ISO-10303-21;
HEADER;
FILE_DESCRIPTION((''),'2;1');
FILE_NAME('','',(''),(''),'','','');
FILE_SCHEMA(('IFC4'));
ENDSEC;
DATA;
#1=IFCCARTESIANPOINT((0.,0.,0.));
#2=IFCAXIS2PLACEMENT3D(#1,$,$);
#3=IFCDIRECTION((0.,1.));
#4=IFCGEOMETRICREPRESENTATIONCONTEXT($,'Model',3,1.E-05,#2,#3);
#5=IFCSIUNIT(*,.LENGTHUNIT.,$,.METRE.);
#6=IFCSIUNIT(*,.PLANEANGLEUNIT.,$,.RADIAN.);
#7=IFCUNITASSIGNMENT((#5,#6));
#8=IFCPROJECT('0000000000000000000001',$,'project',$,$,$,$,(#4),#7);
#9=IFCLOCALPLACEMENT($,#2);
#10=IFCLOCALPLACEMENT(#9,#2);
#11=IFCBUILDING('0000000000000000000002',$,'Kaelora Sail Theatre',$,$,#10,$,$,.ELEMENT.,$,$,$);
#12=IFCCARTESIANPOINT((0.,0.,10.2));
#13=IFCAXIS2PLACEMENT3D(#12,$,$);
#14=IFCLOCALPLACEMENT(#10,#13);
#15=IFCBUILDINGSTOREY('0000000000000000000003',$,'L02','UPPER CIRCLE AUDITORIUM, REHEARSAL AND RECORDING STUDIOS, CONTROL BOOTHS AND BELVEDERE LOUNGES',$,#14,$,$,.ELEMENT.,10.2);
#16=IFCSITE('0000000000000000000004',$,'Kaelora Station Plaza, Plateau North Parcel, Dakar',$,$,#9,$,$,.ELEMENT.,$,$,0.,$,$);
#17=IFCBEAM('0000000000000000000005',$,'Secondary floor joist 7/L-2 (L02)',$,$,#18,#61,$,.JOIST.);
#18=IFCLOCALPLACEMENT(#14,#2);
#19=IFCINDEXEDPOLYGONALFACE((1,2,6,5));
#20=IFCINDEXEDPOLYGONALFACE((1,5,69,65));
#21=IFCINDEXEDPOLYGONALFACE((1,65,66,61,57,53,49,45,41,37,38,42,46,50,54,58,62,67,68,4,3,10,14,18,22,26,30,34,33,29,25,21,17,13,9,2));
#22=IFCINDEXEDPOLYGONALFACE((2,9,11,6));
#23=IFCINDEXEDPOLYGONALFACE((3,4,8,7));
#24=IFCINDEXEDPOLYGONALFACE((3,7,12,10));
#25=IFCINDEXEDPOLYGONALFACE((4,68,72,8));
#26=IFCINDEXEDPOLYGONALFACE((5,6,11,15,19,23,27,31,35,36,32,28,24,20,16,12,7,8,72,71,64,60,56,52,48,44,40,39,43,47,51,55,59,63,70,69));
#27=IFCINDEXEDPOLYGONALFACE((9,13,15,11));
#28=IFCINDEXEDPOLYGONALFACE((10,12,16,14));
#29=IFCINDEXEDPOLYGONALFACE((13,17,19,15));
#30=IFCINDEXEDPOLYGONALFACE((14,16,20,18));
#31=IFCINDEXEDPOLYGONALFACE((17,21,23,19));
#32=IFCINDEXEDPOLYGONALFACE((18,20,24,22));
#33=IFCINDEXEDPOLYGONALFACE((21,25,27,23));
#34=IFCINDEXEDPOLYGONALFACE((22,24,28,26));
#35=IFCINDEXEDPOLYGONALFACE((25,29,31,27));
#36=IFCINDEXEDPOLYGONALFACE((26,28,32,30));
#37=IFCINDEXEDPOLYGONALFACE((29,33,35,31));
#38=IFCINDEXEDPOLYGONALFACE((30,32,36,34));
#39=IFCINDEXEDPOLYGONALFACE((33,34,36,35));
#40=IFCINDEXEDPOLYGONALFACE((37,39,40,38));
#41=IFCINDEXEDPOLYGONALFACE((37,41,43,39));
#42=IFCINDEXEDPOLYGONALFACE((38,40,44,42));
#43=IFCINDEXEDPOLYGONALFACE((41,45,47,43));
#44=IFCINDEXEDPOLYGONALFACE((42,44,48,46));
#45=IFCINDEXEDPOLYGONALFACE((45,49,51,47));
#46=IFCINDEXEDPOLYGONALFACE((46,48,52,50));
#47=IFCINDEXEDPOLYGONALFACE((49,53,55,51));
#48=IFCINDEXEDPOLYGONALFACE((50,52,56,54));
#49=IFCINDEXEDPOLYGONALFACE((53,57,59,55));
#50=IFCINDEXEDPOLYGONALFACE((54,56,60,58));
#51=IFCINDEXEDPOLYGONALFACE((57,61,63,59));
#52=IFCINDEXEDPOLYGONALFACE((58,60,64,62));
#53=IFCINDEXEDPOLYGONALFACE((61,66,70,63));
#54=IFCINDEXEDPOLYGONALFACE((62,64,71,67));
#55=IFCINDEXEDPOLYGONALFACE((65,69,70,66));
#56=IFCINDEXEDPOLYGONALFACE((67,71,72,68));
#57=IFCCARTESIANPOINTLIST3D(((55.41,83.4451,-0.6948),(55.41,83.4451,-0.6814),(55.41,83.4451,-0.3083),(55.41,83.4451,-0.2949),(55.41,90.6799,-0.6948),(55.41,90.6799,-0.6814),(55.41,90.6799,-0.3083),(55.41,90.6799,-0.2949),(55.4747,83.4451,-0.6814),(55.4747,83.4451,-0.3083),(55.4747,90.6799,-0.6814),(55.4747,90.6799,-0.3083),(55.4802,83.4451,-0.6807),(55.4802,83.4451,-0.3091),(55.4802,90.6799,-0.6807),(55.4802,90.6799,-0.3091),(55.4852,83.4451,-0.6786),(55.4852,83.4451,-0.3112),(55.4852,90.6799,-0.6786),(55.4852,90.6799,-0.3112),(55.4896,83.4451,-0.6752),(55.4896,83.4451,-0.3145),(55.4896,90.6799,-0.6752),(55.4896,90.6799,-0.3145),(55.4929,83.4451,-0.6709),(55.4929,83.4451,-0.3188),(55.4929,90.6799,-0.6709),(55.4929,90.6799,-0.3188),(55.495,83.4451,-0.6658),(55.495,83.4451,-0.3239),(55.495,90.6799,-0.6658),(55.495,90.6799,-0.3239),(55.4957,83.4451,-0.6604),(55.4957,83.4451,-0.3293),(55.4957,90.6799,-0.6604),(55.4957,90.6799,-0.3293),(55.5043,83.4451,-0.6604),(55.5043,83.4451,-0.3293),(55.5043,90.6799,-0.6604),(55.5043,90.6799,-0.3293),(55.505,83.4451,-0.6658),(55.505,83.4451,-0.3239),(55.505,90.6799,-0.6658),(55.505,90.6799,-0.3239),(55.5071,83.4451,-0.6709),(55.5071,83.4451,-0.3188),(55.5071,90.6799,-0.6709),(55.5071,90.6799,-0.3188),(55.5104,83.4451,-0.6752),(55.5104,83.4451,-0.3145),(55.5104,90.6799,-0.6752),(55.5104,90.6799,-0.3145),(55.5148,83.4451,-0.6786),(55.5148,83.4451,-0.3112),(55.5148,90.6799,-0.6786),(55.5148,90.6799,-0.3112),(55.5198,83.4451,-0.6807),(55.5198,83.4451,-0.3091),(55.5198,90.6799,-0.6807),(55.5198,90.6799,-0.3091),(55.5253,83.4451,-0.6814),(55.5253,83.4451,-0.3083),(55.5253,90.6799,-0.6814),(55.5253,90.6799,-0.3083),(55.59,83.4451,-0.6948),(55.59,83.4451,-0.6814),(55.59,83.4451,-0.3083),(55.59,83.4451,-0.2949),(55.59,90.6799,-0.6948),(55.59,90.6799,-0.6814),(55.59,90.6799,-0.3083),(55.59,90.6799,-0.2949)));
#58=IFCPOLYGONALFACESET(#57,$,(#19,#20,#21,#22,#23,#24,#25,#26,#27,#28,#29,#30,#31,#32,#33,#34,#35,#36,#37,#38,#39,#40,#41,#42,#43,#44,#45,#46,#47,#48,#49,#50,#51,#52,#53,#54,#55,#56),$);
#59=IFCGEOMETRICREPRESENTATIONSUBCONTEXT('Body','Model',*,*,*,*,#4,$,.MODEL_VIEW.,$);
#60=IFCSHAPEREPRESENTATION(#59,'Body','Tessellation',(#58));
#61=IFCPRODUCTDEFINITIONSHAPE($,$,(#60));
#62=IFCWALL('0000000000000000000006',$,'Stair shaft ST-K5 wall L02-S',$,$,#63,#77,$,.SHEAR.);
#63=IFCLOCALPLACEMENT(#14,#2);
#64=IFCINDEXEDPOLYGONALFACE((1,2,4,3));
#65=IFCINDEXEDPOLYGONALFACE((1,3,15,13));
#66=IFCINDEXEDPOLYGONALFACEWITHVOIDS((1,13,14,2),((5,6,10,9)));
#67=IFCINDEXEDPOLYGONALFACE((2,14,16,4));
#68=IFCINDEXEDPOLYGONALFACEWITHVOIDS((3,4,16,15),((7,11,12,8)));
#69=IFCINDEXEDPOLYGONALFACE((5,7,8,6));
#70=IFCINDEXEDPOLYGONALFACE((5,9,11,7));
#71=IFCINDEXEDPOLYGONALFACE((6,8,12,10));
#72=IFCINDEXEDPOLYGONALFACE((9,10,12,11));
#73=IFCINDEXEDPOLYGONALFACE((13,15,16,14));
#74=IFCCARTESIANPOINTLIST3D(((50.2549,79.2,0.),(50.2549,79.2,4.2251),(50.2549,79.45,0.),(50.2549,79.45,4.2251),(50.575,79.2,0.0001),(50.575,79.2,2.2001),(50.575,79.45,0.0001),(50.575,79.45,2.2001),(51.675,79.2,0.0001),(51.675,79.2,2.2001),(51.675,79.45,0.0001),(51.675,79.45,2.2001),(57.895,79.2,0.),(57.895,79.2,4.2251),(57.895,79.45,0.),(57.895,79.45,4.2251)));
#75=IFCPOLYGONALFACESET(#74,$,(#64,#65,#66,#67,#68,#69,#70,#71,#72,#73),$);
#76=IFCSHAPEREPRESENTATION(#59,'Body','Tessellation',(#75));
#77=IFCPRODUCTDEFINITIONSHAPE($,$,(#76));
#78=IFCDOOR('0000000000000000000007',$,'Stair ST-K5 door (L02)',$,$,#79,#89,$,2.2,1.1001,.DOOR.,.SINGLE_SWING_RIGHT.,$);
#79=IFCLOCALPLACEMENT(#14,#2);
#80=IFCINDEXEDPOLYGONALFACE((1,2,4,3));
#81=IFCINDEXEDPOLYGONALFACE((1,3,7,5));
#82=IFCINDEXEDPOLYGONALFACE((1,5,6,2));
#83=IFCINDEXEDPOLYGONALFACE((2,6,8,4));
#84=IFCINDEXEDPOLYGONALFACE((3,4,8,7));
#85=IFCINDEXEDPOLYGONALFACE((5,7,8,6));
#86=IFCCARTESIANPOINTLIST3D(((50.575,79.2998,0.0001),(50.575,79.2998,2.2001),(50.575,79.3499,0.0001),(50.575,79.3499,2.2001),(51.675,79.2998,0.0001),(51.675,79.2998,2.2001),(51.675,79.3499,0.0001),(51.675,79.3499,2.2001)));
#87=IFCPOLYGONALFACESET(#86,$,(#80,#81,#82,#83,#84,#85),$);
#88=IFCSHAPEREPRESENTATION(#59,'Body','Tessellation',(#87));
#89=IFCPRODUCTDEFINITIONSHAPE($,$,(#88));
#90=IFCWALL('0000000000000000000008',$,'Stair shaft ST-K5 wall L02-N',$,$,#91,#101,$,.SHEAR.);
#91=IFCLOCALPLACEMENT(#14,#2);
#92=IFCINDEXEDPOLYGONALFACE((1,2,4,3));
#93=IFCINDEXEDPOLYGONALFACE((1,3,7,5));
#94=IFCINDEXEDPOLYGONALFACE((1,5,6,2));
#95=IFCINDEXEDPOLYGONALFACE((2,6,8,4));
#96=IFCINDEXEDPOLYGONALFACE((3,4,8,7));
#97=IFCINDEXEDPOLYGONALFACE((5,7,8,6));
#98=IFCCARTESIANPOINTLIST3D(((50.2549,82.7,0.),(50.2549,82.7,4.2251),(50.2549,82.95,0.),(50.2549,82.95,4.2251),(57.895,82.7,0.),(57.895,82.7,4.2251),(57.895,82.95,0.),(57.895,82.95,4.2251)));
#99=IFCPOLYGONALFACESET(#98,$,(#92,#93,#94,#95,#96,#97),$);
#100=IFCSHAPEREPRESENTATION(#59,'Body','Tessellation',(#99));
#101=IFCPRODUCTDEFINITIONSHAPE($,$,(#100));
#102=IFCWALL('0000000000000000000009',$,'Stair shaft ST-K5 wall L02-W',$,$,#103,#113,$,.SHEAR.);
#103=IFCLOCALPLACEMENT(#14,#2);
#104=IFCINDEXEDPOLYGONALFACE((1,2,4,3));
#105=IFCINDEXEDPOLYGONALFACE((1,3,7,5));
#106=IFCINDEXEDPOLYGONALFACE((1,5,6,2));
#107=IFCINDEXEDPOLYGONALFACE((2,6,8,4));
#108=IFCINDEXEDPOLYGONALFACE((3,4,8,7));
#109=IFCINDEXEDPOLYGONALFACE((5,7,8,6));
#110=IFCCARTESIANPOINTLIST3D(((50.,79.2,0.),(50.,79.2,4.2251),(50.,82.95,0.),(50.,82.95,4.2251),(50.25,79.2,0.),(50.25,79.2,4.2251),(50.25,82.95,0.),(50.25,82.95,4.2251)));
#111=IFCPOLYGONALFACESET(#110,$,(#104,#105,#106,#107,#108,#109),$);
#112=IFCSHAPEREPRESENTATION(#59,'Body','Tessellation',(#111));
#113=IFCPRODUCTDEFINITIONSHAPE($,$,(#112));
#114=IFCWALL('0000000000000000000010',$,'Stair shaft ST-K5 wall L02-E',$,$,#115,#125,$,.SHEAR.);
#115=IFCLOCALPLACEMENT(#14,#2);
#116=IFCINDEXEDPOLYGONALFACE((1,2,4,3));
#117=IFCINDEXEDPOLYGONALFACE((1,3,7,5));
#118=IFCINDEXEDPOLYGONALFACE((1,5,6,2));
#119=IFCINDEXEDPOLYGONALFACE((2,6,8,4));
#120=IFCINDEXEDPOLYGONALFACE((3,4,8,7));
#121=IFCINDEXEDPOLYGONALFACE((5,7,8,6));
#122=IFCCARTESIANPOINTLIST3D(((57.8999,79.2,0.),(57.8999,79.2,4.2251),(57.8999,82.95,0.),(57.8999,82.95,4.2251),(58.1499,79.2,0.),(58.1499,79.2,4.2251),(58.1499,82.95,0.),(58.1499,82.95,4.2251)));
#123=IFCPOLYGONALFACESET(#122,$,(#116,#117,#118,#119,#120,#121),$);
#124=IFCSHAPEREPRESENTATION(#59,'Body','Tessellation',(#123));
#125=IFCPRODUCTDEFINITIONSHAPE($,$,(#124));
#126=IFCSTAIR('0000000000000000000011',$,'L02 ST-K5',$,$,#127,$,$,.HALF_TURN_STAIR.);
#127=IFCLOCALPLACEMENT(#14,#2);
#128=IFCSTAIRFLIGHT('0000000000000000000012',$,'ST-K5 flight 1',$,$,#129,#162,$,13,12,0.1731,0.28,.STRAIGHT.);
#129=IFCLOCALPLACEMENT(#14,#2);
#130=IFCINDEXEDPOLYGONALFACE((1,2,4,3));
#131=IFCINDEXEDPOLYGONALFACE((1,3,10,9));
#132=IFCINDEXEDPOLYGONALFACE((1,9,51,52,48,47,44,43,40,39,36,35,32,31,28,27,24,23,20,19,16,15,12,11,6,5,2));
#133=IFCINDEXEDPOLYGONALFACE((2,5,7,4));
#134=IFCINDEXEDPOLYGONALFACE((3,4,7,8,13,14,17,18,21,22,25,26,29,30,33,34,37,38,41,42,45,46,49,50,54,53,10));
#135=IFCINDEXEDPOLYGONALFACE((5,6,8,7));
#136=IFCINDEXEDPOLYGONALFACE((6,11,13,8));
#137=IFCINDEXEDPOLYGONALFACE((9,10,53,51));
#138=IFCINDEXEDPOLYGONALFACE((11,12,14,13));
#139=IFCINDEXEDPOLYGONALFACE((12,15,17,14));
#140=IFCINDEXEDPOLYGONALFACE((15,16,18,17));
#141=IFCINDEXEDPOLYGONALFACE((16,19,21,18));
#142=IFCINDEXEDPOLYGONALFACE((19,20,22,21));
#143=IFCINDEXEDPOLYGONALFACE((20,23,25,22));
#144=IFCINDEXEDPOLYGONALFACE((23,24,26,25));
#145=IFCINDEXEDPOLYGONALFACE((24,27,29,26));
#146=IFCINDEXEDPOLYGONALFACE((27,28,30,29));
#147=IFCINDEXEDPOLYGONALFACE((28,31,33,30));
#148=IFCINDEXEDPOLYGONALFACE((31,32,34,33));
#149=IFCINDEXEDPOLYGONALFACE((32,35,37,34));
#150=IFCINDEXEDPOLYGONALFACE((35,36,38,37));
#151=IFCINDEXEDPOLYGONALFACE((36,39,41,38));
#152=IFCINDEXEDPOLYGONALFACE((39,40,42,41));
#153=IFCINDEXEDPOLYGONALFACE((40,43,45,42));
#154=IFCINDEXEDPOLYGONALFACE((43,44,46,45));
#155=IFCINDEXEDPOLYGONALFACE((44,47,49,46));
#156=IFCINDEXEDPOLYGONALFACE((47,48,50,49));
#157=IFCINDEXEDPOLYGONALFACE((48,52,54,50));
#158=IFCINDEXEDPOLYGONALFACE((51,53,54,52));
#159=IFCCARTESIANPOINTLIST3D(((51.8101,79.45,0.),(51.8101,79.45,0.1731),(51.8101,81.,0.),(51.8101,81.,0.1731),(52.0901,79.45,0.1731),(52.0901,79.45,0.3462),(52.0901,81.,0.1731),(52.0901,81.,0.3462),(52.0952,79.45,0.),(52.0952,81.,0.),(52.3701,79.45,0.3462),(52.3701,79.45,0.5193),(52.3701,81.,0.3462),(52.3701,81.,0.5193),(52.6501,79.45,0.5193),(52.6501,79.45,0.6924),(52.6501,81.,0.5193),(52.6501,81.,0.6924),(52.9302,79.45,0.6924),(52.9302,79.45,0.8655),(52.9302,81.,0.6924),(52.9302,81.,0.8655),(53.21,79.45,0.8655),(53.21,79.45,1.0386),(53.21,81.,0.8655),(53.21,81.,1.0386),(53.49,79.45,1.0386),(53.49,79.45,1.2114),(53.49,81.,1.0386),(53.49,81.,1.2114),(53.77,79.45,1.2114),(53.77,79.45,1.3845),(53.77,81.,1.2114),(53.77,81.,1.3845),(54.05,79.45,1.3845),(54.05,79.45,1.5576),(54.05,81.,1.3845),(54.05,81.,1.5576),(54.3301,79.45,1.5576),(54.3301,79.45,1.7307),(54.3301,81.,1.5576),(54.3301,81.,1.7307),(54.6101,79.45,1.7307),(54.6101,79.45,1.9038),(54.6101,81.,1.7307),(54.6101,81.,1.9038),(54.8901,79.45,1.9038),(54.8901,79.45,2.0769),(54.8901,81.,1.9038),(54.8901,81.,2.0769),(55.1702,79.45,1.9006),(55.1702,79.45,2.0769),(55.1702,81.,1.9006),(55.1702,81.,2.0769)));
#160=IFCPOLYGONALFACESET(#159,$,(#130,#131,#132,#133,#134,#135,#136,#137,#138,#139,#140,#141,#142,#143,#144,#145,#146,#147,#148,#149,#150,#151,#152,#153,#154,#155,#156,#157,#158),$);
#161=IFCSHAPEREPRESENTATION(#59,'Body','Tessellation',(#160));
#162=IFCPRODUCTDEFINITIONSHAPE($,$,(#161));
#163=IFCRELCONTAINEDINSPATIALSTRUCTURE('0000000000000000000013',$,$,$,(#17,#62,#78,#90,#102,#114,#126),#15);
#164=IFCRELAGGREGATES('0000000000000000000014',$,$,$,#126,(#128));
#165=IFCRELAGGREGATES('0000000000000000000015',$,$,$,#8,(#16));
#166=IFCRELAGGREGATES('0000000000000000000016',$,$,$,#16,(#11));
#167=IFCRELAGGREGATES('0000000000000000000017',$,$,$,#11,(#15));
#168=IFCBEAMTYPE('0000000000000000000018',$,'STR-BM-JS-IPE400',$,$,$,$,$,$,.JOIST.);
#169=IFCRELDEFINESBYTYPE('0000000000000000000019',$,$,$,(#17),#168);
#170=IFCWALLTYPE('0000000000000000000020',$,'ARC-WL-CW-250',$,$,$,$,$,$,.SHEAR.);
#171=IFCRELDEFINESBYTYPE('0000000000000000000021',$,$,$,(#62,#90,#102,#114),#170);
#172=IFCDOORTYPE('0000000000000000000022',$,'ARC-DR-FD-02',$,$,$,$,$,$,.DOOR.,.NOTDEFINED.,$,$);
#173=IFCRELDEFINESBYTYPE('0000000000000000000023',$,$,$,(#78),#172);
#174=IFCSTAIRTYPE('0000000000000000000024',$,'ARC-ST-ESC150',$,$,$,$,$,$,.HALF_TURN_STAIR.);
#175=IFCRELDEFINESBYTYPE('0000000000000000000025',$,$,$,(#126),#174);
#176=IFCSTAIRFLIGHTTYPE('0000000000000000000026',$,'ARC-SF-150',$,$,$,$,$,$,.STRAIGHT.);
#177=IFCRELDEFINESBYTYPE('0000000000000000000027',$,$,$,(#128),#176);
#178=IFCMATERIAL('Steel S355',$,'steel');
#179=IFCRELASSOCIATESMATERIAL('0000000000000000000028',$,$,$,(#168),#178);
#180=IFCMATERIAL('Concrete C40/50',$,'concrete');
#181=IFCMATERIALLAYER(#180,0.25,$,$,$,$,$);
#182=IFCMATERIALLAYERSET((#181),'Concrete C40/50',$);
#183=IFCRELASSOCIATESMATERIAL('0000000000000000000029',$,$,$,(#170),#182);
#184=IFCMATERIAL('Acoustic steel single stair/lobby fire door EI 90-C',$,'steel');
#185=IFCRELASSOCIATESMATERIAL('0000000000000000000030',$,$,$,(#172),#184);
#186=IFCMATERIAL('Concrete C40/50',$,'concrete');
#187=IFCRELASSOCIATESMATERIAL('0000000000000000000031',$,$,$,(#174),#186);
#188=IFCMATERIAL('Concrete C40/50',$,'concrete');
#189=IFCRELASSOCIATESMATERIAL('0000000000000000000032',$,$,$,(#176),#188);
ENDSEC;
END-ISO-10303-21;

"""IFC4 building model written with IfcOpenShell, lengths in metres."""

from ifc_helpers import new_model, si_unit, direction, frame, frame_2d, origin, origin_2d, place, context, subcontext, project, spatial, polyline, rectangle, i_section, outline, extrude, material, layer, layer_set, material_profile, profile_set, type_object, element, fill, aggregate, save


model = new_model("IFC4")

# Units and contexts
model_context = context("Model", 3, precision=1e-05, world=origin(), true_north=direction((0.0, 1.0)))
body_context = subcontext(model_context, "Body", "Model", "MODEL_VIEW")
ifc_project = project(units=[si_unit("LENGTHUNIT", "METRE"), si_unit("PLANEANGLEUNIT", "RADIAN")], contexts=[model_context])

# Site, building, storey
site_placement = place(None, origin())
site = spatial("IfcSite", under=ifc_project, at=site_placement, Name="Kaelora Station Plaza, Plateau North Parcel, Dakar", CompositionType="ELEMENT", RefElevation=0.0)
building_placement = place(site_placement, origin())
building = spatial("IfcBuilding", under=site, at=building_placement, Name="Kaelora Sail Theatre", CompositionType="ELEMENT")
storey_placement = place(building_placement, frame((0.0, 0.0, 10.2)))
storey = spatial("IfcBuildingStorey", under=building, at=storey_placement, Name="L02", Description="UPPER CIRCLE AUDITORIUM, REHEARSAL AND RECORDING STUDIOS, CONTROL BOOTHS AND BELVEDERE LOUNGES", CompositionType="ELEMENT", Elevation=10.2)

# Beam
ifc_material_1 = material(Name="Steel S355", Category="steel")
ifc_material_profile_1 = material_profile(ifc_material_1, i_section(OverallWidth=0.1799, OverallDepth=0.3999, WebThickness=0.0085, FlangeThickness=0.0134, FilletRadius=0.021, at=origin_2d()), Name="IPE 400")
ifc_profile_set_1 = profile_set([ifc_material_profile_1], Name="Steel S355")
beam_type_1 = type_object("IfcBeamType", Name="STR-BM-JS-IPE400", PredefinedType="JOIST", material=ifc_profile_set_1)
beam_1_placement = place(storey_placement, frame((55.5, 83.4451, -0.4949), z_axis=(0.0, 1.0, 0.0), x_axis=(-1.0, 0.0, 0.0)))
element("IfcBeam", 1, at=beam_1_placement, inside=storey, type_object=beam_type_1, Name="Secondary floor joist 7/L-2 (L02)", PredefinedType="JOIST", context=body_context, shape_type="SweptSolid", body=[
    extrude(i_section(OverallWidth=0.1799, OverallDepth=0.3999, WebThickness=0.0085, FlangeThickness=0.0134, FilletRadius=0.021, at=origin_2d()), origin(), (0.0, 0.0, 1.0), 7.2349),
])

# Wall, opening, door
ifc_material_2 = material(Name="Concrete C40/50", Category="concrete")
ifc_layer = layer(ifc_material_2, 0.25)
ifc_layer_set = layer_set([ifc_layer], Name="Concrete C40/50")
wall_type = type_object("IfcWallType", Name="ARC-WL-CW-250", PredefinedType="SHEAR", material=ifc_layer_set)
wall_1_placement = place(storey_placement, frame((50.2549, 79.325, 0.0), z_axis=(0.0, 0.0, 1.0), x_axis=(1.0, 0.0, 0.0)))
wall_1 = element("IfcWall", 2, at=wall_1_placement, inside=storey, type_object=wall_type, Name="Stair shaft ST-K5 wall L02-S", PredefinedType="SHEAR", context=body_context, shape_type="SweptSolid", body=[
    extrude(rectangle(XDim=7.6401, YDim=0.25, at=frame_2d((3.8201, 0.0))), origin(), (0.0, 0.0, 1.0), 4.2251),
])
opening_placement = place(wall_1_placement, frame((0.3201, 0.0, 0.0)))
opening = element("IfcOpeningElement", 3, at=opening_placement, cuts=wall_1, PredefinedType="OPENING", context=body_context, shape_type="SweptSolid", body=[
    extrude(rectangle(XDim=1.1001, YDim=2.2, at=frame_2d((0.55, 1.1001))), frame((0.0, 0.135, 0.0), z_axis=(0.0, -1.0, 0.0), x_axis=(1.0, 0.0, 0.0)), (0.0, 0.0, 1.0), 0.27),
])
ifc_material_3 = material(Name="Acoustic steel single stair/lobby fire door EI 90-C", Category="steel")
door_type = type_object("IfcDoorType", Name="ARC-DR-FD-02", OperationType="NOTDEFINED", PredefinedType="DOOR", material=ifc_material_3)
door_placement = place(opening_placement, origin())
door = element("IfcDoor", 4, at=door_placement, inside=storey, type_object=door_type, Name="Stair ST-K5 door (L02)", OperationType="SINGLE_SWING_RIGHT", OverallHeight=2.2, OverallWidth=1.1001, PredefinedType="DOOR", context=body_context, shape_type="SweptSolid", body=[
    extrude(rectangle(XDim=1.1001, YDim=2.2, at=frame_2d((0.55, 1.1001))), frame((0.0, 0.0249, 0.0), z_axis=(0.0, -1.0, 0.0), x_axis=(1.0, 0.0, 0.0)), (0.0, 0.0, 1.0), 0.05),
])
fill(opening, door)

# Walls
wall_2_placement = place(storey_placement, frame((50.2549, 82.825, 0.0), z_axis=(0.0, 0.0, 1.0), x_axis=(1.0, 0.0, 0.0)))
element("IfcWall", 5, at=wall_2_placement, inside=storey, type_object=wall_type, Name="Stair shaft ST-K5 wall L02-N", PredefinedType="SHEAR", context=body_context, shape_type="SweptSolid", body=[
    extrude(rectangle(XDim=7.6401, YDim=0.25, at=frame_2d((3.8201, 0.0))), origin(), (0.0, 0.0, 1.0), 4.2251),
])
for number, where, z_axis, x_axis, name in (
    (6, (50.125, 79.2, 0.0), (0.0, 0.0, 1.0), (0.0, 1.0, 0.0), "Stair shaft ST-K5 wall L02-W"),
    (7, (58.0249, 79.2, 0.0), (0.0, 0.0, 1.0), (0.0, 1.0, 0.0), "Stair shaft ST-K5 wall L02-E"),
):
    element("IfcWall", number, at=place(storey_placement, frame(where, z_axis=z_axis, x_axis=x_axis)), inside=storey, type_object=wall_type, Name=name, PredefinedType="SHEAR", context=body_context, shape_type="SweptSolid", body=[
        extrude(rectangle(XDim=3.75, YDim=0.25, at=frame_2d((1.875, 0.0))), origin(), (0.0, 0.0, 1.0), 4.2251),
    ])

# Stair, stair flight
ifc_material_4 = material(Name="Concrete C40/50", Category="concrete")
stair_type = type_object("IfcStairType", Name="ARC-ST-ESC150", PredefinedType="HALF_TURN_STAIR", material=ifc_material_4)
stair_placement = place(storey_placement, origin())
stair = element("IfcStair", 8, at=stair_placement, inside=storey, type_object=stair_type, Name="L02 ST-K5", PredefinedType="HALF_TURN_STAIR")
ifc_material_5 = material(Name="Concrete C40/50", Category="concrete")
stair_flight_type = type_object("IfcStairFlightType", Name="ARC-SF-150", PredefinedType="STRAIGHT", material=ifc_material_5)
stair_flight_1_placement = place(storey_placement, frame((51.8101, 80.2251, 0.0), z_axis=(0.0, 0.0, 1.0), x_axis=(1.0, 0.0, 0.0)))
stair_flight_1 = element("IfcStairFlight", 9, at=stair_flight_1_placement, type_object=stair_flight_type, Name="ST-K5 flight 1", NumberOfRisers=13, NumberOfTreads=12, PredefinedType="STRAIGHT", RiserHeight=0.1731, TreadLength=0.28, context=body_context, shape_type="SweptSolid", body=[
    extrude(outline(polyline([(0.0, 0.0), (0.0, 0.1731), (0.28, 0.1731), (0.28, 0.3462), (0.5601, 0.3462), (0.5601, 0.5193), (0.8401, 0.5193), (0.8401, 0.6924), (1.1201, 0.6924), (1.1201, 0.8655), (1.3999, 0.8655), (1.3999, 1.0386), (1.6799, 1.0386), (1.6799, 1.2114), (1.96, 1.2114), (1.96, 1.3845), (2.24, 1.3845), (2.24, 1.5576), (2.52, 1.5576), (2.52, 1.7307), (2.8, 1.7307), (2.8, 1.9038), (3.0801, 1.9038), (3.0801, 2.0769), (3.3601, 2.0769), (3.3601, 2.25), (3.3601, 1.9006), (0.2852, 0.0), (0.0, 0.0)])), frame((0.0, 0.7749, 0.0), z_axis=(0.0, -1.0, 0.0), x_axis=(1.0, 0.0, 0.0)), (0.0, 0.0, 1.0), 1.55),
])
aggregate(stair, [stair_flight_1])

save(model, "model.ifc")
